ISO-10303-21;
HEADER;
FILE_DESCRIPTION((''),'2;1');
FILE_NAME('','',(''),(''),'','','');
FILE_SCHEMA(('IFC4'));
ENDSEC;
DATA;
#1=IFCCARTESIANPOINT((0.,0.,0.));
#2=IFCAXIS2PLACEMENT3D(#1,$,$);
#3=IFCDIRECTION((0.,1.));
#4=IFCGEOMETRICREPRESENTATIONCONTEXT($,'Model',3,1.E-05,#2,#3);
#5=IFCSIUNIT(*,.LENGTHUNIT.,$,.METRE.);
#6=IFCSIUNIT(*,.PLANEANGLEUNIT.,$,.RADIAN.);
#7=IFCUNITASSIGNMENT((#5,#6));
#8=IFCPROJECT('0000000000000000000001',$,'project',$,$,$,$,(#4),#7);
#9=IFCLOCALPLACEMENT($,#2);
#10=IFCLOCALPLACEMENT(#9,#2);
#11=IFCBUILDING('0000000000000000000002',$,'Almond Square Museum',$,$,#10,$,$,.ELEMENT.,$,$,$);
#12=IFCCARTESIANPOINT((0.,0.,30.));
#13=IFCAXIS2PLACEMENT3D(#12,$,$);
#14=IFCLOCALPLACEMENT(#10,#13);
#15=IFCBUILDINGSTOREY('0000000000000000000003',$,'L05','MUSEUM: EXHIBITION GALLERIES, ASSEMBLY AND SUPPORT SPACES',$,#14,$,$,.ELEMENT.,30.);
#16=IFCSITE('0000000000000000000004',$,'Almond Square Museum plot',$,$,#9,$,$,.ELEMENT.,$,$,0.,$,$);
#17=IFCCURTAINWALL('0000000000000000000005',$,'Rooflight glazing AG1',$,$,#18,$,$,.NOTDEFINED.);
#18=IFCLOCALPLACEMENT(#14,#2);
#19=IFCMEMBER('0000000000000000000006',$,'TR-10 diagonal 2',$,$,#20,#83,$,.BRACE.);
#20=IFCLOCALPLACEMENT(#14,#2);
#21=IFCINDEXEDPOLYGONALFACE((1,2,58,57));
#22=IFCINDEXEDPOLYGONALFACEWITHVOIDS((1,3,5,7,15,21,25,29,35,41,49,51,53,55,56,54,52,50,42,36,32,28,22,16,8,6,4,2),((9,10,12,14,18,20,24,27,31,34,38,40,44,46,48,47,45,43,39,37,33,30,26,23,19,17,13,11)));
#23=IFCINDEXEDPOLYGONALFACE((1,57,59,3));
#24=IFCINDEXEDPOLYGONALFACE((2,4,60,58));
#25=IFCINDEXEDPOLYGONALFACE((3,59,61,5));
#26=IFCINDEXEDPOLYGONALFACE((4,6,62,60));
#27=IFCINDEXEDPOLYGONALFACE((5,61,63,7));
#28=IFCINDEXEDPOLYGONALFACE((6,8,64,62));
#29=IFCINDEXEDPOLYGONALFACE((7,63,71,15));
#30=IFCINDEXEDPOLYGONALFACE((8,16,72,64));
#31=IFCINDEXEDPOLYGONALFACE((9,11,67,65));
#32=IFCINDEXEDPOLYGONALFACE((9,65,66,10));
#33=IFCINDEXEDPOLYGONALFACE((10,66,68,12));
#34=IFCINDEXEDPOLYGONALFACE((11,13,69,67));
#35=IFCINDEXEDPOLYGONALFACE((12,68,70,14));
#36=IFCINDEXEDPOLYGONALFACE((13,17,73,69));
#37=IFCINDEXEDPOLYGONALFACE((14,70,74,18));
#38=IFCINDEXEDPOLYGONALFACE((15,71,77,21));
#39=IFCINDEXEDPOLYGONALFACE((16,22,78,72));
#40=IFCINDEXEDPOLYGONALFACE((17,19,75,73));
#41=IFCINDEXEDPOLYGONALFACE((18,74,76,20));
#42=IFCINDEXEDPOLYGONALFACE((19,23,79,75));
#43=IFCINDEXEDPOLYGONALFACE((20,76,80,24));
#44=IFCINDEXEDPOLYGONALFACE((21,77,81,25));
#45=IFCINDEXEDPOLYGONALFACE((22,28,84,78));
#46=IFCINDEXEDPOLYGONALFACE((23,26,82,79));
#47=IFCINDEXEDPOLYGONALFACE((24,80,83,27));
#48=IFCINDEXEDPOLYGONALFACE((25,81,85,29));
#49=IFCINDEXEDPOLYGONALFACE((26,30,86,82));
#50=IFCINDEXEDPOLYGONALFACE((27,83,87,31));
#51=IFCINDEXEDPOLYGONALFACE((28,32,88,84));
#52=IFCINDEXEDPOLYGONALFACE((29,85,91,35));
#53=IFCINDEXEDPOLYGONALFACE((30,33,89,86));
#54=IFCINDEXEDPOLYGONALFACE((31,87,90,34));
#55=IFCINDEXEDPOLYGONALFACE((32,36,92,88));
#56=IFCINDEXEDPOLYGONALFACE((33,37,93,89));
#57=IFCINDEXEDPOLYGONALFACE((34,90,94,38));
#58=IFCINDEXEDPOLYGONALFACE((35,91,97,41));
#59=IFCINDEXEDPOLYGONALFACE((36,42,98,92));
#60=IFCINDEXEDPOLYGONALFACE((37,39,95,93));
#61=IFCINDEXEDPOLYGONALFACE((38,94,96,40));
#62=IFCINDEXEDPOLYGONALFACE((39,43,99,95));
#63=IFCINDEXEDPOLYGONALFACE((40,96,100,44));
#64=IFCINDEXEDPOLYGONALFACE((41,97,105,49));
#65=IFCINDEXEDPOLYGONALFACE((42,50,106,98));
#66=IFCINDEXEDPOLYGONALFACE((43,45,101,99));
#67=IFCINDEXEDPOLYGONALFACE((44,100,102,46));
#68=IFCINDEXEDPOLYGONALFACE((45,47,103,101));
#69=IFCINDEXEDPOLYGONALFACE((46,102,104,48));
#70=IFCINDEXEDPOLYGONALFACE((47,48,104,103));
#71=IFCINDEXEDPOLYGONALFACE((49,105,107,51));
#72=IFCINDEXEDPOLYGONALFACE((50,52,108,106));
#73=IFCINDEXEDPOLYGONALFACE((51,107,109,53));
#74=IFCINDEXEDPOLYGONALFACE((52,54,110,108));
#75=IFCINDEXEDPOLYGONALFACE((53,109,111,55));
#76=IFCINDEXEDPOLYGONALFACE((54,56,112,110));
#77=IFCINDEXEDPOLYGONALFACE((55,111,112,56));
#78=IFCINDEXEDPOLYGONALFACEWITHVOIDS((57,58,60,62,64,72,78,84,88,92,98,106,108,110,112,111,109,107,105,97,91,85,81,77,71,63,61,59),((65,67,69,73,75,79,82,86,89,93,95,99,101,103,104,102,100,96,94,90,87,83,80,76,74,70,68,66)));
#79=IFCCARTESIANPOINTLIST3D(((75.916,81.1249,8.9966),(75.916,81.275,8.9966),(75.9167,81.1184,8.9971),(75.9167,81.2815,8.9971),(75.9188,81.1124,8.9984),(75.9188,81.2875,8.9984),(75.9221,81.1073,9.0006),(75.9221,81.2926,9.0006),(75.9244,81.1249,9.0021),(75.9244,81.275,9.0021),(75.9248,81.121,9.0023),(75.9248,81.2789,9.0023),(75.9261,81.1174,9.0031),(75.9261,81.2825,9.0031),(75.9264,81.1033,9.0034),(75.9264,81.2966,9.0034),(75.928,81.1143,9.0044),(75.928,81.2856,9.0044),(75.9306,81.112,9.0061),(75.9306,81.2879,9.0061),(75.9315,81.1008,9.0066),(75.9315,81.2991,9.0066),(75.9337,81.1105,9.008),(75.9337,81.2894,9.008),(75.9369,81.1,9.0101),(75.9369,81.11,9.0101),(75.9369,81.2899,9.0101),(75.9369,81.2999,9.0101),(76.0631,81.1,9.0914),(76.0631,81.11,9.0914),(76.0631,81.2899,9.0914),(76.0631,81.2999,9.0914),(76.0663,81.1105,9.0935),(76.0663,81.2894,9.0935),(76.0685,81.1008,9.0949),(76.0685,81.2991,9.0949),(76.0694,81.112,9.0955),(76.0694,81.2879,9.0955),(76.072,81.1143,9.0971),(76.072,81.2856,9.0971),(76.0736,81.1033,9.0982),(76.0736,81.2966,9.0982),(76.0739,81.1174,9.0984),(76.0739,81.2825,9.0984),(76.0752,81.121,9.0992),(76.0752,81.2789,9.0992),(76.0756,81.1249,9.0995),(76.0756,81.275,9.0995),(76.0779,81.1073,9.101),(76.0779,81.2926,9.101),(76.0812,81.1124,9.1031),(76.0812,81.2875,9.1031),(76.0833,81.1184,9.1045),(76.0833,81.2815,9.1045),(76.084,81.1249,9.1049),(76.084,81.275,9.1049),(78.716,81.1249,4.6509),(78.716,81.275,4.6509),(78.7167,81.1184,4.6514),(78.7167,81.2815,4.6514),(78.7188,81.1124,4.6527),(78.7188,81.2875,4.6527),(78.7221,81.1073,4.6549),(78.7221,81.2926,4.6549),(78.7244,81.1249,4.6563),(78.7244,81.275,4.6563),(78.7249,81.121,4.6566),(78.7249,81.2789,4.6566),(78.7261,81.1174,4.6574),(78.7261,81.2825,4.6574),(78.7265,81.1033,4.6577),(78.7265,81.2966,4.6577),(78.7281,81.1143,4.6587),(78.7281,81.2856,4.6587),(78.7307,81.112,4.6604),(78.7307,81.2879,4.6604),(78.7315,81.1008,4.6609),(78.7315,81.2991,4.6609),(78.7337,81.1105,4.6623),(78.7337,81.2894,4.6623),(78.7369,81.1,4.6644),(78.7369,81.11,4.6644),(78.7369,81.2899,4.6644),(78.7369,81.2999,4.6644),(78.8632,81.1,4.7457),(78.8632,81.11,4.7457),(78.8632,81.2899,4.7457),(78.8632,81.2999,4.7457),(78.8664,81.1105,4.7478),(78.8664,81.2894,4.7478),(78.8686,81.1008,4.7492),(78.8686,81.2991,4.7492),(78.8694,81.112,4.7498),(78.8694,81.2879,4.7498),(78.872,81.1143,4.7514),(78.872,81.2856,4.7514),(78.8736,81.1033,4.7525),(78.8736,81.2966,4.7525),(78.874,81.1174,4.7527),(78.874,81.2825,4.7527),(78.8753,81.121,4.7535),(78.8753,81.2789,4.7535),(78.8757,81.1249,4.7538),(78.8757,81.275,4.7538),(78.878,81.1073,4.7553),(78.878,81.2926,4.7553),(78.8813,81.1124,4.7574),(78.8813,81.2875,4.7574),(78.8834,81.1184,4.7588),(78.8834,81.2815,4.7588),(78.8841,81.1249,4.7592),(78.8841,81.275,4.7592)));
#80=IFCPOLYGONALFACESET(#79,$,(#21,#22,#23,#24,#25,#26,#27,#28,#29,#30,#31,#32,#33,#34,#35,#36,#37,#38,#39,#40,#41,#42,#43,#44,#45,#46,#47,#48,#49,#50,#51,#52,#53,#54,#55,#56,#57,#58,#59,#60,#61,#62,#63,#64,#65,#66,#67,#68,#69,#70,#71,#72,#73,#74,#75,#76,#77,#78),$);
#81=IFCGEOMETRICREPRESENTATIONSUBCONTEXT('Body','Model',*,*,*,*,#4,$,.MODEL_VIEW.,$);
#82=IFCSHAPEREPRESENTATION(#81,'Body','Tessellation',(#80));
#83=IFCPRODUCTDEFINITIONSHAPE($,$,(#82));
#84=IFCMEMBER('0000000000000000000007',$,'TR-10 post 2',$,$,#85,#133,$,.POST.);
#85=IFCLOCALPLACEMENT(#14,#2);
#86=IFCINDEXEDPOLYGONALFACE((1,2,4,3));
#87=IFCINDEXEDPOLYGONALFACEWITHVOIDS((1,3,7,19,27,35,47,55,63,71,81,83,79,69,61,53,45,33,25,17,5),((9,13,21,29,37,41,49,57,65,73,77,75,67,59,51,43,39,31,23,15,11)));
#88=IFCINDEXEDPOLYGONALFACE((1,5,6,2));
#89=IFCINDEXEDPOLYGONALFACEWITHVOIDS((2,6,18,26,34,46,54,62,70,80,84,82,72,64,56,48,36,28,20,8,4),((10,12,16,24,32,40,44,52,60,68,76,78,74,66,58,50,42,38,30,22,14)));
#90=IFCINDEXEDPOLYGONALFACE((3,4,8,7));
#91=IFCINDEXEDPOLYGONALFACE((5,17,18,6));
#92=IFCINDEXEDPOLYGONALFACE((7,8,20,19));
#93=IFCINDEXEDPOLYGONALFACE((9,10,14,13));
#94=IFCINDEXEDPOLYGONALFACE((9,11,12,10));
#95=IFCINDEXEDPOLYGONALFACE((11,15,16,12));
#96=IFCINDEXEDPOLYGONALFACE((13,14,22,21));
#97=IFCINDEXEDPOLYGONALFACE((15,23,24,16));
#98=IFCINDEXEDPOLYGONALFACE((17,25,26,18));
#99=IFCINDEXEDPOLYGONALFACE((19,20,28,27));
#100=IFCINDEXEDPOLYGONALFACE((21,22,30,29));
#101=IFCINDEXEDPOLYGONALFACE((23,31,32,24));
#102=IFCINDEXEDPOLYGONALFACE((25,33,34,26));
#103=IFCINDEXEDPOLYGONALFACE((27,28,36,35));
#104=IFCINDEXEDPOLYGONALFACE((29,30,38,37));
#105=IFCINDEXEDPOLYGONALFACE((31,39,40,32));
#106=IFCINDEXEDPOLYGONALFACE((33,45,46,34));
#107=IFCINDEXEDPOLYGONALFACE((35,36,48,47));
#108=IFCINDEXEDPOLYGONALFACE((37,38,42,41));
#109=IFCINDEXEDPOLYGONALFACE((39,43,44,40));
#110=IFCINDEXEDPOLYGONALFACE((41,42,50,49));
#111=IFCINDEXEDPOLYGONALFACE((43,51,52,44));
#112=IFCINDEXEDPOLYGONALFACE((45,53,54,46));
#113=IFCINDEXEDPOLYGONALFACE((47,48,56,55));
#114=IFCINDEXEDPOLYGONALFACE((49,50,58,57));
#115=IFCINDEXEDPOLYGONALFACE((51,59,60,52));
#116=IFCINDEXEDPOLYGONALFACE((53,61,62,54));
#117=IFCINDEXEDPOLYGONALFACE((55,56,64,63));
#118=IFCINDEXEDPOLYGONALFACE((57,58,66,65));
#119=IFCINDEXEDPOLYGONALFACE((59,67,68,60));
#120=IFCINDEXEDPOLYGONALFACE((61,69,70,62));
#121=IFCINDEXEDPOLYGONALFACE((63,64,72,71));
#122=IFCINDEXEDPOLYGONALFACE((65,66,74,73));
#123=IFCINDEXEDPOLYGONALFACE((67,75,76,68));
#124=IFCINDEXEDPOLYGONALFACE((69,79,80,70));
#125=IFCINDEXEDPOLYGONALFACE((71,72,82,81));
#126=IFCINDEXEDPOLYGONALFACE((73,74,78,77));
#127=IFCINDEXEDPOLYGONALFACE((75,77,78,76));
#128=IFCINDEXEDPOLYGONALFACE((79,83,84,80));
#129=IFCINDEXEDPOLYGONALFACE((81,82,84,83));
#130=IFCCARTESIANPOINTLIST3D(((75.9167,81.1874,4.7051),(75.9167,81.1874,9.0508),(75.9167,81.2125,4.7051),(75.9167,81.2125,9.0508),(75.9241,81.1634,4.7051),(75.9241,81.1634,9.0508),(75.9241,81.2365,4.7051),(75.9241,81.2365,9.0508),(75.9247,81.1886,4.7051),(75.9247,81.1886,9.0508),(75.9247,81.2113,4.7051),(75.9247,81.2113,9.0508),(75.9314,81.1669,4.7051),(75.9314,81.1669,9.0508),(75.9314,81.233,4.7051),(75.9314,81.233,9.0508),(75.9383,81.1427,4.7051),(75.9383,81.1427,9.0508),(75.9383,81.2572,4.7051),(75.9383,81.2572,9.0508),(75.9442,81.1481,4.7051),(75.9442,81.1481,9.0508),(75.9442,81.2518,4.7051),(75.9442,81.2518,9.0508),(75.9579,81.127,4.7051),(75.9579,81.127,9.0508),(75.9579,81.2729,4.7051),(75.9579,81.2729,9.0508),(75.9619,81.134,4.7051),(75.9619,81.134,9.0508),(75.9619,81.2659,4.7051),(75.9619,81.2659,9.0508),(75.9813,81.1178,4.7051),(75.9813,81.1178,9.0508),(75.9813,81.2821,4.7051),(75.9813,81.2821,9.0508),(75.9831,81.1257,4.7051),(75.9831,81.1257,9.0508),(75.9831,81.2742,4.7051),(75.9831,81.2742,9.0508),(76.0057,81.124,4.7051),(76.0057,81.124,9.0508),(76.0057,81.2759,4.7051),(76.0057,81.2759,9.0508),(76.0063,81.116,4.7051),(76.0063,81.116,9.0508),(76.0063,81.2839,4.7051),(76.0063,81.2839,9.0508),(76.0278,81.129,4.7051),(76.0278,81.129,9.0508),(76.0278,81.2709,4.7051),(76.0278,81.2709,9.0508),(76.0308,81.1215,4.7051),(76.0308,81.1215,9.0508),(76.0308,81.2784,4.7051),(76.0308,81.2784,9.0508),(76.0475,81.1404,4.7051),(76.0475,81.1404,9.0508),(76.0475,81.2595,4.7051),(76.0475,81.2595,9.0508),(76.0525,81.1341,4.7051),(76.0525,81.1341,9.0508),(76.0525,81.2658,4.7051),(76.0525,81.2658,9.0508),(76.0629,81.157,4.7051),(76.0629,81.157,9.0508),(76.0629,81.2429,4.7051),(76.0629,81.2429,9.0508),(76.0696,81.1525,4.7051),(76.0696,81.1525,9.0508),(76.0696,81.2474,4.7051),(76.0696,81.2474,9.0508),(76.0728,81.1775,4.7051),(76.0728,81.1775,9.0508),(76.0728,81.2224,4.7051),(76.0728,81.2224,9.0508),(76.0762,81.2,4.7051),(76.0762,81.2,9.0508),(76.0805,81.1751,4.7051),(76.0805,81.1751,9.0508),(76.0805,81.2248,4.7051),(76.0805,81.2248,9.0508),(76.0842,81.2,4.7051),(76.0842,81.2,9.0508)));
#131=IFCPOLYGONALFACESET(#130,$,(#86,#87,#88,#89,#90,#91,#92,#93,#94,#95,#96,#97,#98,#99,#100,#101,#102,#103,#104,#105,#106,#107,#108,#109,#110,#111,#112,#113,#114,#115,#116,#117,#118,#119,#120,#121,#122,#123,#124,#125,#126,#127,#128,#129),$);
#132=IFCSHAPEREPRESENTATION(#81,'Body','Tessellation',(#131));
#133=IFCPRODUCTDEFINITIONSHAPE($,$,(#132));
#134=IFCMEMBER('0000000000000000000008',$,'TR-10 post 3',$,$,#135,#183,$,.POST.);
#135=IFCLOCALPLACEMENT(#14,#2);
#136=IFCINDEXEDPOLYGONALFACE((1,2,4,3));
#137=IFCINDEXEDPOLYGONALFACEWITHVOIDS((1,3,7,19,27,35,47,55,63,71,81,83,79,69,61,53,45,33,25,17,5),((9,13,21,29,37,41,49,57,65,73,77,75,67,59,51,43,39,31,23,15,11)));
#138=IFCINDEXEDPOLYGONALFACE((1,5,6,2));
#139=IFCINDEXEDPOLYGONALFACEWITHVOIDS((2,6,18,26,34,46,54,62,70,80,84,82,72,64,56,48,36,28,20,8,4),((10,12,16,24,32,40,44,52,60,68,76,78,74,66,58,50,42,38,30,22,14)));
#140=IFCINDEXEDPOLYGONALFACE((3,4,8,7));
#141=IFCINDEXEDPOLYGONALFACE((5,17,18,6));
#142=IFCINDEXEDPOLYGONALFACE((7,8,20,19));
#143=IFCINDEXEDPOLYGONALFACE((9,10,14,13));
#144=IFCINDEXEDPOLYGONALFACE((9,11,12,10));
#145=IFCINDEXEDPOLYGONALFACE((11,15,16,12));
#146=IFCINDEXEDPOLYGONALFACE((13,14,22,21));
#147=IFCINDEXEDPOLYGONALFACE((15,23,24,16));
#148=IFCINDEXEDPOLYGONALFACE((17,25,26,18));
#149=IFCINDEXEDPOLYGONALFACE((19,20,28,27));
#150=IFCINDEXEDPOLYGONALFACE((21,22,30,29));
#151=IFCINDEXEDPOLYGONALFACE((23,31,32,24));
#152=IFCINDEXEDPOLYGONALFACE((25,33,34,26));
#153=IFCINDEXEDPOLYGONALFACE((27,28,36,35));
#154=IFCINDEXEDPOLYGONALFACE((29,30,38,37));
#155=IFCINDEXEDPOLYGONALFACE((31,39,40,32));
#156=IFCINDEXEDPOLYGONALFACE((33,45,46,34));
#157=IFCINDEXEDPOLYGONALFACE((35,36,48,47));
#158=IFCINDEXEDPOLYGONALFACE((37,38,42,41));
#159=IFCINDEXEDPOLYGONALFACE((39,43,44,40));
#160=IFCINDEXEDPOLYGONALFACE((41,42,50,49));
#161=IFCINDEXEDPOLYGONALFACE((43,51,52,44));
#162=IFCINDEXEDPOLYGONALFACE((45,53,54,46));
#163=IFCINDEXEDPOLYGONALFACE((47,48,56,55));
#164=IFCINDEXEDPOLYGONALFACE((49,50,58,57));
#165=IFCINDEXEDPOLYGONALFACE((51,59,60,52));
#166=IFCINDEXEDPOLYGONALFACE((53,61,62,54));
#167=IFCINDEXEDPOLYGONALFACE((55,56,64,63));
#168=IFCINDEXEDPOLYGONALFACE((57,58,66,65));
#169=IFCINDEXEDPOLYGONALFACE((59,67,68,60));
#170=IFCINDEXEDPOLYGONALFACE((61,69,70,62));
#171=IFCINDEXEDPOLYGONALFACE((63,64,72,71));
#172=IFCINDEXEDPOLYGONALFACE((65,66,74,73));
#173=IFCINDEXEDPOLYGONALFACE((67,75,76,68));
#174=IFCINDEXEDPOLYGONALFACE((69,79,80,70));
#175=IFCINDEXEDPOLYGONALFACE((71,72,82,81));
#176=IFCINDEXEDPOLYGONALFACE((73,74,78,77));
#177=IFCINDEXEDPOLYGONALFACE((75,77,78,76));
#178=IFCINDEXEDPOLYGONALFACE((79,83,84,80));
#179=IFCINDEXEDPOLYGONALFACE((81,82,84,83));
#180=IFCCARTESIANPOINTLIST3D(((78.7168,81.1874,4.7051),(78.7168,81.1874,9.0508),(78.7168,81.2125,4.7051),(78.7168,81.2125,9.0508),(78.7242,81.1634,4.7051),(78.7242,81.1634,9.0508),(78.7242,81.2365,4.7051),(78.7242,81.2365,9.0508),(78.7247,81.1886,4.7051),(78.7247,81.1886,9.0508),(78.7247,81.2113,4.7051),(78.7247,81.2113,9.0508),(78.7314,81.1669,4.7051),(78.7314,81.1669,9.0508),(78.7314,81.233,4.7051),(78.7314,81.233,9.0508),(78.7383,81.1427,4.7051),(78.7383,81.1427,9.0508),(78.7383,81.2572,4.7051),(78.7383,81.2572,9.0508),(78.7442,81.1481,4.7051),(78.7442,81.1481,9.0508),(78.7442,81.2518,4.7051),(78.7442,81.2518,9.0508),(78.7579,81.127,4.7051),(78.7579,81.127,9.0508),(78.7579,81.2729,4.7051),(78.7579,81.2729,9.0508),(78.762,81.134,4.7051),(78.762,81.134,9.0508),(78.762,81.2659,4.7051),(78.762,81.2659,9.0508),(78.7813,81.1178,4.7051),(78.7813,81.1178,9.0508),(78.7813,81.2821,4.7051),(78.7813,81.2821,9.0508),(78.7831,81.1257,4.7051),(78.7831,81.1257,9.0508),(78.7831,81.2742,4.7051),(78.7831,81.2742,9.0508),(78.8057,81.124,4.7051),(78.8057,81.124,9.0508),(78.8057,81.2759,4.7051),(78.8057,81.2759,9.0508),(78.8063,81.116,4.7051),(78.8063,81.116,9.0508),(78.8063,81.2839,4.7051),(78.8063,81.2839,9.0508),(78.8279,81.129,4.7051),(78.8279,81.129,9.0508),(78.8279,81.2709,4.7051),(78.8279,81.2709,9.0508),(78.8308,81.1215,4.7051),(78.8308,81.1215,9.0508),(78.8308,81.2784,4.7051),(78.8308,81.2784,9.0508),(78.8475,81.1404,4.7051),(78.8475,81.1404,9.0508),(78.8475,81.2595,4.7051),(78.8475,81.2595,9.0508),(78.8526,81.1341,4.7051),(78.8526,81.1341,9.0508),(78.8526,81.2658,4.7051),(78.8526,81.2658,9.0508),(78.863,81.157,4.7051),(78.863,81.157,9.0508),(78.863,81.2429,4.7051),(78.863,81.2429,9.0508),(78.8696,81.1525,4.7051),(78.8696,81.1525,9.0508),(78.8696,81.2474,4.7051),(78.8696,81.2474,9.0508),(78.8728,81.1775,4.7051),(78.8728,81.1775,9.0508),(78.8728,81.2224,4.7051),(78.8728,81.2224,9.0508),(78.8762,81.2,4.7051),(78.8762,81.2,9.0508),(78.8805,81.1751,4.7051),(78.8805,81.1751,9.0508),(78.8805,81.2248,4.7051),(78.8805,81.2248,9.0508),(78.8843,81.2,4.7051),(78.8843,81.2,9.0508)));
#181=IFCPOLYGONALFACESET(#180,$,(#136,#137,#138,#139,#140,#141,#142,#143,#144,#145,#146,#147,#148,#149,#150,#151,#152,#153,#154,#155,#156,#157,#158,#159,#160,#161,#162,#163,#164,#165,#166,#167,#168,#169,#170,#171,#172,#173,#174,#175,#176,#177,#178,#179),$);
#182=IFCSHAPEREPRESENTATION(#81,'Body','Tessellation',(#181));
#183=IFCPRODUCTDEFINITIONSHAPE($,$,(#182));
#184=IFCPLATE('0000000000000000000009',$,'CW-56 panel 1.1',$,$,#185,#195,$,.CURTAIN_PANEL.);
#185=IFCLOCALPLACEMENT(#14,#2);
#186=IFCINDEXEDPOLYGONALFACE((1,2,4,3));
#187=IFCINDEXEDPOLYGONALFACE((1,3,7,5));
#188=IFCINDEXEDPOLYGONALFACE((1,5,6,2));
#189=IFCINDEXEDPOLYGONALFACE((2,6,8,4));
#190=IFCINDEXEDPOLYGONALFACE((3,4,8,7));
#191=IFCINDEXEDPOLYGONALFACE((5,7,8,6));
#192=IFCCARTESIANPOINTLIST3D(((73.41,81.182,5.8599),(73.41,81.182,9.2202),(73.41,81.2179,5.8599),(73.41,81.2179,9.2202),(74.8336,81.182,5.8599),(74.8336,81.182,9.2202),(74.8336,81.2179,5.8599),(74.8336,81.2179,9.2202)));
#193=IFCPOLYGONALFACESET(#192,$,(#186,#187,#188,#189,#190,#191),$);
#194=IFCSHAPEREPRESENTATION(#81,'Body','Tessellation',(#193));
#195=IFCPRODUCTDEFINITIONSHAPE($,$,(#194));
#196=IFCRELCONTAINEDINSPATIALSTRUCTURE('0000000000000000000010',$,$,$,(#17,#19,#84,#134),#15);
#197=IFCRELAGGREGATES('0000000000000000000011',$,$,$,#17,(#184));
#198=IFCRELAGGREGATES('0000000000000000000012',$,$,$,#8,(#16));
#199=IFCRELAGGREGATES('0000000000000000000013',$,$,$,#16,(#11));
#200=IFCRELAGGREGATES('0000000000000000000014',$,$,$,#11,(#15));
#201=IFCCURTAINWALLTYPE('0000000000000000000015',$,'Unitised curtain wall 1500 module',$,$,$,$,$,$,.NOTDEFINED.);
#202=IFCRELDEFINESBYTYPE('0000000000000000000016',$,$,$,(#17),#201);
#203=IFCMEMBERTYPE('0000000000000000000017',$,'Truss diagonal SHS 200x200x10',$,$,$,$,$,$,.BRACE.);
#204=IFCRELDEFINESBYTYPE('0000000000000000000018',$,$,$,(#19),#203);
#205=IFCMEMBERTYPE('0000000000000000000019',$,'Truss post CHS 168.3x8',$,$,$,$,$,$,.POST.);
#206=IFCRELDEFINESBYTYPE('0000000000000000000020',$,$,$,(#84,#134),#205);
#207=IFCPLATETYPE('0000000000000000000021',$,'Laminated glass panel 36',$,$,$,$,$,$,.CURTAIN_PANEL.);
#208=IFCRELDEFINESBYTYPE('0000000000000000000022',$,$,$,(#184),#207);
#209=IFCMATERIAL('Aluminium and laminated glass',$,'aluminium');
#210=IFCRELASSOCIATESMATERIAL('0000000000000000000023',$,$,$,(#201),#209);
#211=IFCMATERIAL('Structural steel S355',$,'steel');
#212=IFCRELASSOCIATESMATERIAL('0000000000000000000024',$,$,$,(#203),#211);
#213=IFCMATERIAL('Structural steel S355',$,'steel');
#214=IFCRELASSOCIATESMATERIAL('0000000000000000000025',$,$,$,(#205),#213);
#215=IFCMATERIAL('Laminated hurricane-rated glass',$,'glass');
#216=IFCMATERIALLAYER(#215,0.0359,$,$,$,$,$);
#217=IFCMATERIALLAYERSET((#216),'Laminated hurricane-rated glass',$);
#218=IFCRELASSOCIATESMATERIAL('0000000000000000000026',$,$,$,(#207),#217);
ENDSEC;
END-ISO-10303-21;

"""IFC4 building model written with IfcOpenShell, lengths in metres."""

from ifc_helpers import new_model, si_unit, direction, frame, origin, origin_2d, place, context, subcontext, project, spatial, rectangle, hollow_rectangle, hollow_circle, extrude, material, layer, layer_set, material_profile, profile_set, type_object, element, aggregate, save


model = new_model("IFC4")

# Units and contexts
model_context = context("Model", 3, precision=1e-05, world=origin(), true_north=direction((0.0, 1.0)))
body_context = subcontext(model_context, "Body", "Model", "MODEL_VIEW")
ifc_project = project(units=[si_unit("LENGTHUNIT", "METRE"), si_unit("PLANEANGLEUNIT", "RADIAN")], contexts=[model_context])

# Site, building, storey
site_placement = place(None, origin())
site = spatial("IfcSite", under=ifc_project, at=site_placement, Name="Almond Square Museum plot", CompositionType="ELEMENT", RefElevation=0.0)
building_placement = place(site_placement, origin())
building = spatial("IfcBuilding", under=site, at=building_placement, Name="Almond Square Museum", CompositionType="ELEMENT")
storey_placement = place(building_placement, frame((0.0, 0.0, 30.0)))
storey = spatial("IfcBuildingStorey", under=building, at=storey_placement, Name="L05", Description="MUSEUM: EXHIBITION GALLERIES, ASSEMBLY AND SUPPORT SPACES", CompositionType="ELEMENT", Elevation=30.0)

# Curtain wall
ifc_material_1 = material(Name="Aluminium and laminated glass", Category="aluminium")
curtain_wall_type = type_object("IfcCurtainWallType", Name="Unitised curtain wall 1500 module", PredefinedType="NOTDEFINED", material=ifc_material_1)
curtain_wall_placement = place(storey_placement, origin())
curtain_wall = element("IfcCurtainWall", 1, at=curtain_wall_placement, inside=storey, type_object=curtain_wall_type, Name="Rooflight glazing AG1", PredefinedType="NOTDEFINED")

# Members
ifc_material_2 = material(Name="Structural steel S355", Category="steel")
ifc_material_profile_1 = material_profile(ifc_material_2, hollow_rectangle(XDim=0.2, YDim=0.2, WallThickness=0.01, InnerFilletRadius=0.0149, OuterFilletRadius=0.0249, at=origin_2d()))
ifc_profile_set_1 = profile_set([ifc_material_profile_1], Name="Structural steel S355")
member_type_1 = type_object("IfcMemberType", Name="Truss diagonal SHS 200x200x10", PredefinedType="BRACE", material=ifc_profile_set_1)
member_1_placement = place(storey_placement, frame((76.0, 81.2, 9.0508), z_axis=(0.541631, 0.0, -0.840616), x_axis=(0.0, 1.0, 0.0)))
element("IfcMember", 2, at=member_1_placement, inside=storey, type_object=member_type_1, Name="TR-10 diagonal 2", PredefinedType="BRACE", context=body_context, shape_type="SweptSolid", body=[
    extrude(hollow_rectangle(XDim=0.2, YDim=0.2, WallThickness=0.01, InnerFilletRadius=0.0149, OuterFilletRadius=0.0249, at=origin_2d()), origin(), (0.0, 0.0, 1.0), 5.1697),
])
ifc_material_3 = material(Name="Structural steel S355", Category="steel")
ifc_material_profile_2 = material_profile(ifc_material_3, hollow_circle(Radius=0.0842, WallThickness=0.0081, at=origin_2d()))
ifc_profile_set_2 = profile_set([ifc_material_profile_2], Name="Structural steel S355")
member_type_2 = type_object("IfcMemberType", Name="Truss post CHS 168.3x8", PredefinedType="POST", material=ifc_profile_set_2)
for number, where, z_axis, x_axis, name in (
    (3, (76.0, 81.2, 4.7051), (0.0, 0.0, 1.0), (1.0, 0.0, 0.0), "TR-10 post 2"),
    (4, (78.8, 81.2, 4.7051), (0.0, 0.0, 1.0), (1.0, 0.0, 0.0), "TR-10 post 3"),
):
    element("IfcMember", number, at=place(storey_placement, frame(where, z_axis=z_axis, x_axis=x_axis)), inside=storey, type_object=member_type_2, Name=name, PredefinedType="POST", context=body_context, shape_type="SweptSolid", body=[
        extrude(hollow_circle(Radius=0.0842, WallThickness=0.0081, at=origin_2d()), origin(), (0.0, 0.0, 1.0), 4.3457),
    ])

# Plate
ifc_material_4 = material(Name="Laminated hurricane-rated glass", Category="glass")
ifc_layer = layer(ifc_material_4, 0.0359)
ifc_layer_set = layer_set([ifc_layer], Name="Laminated hurricane-rated glass")
plate_type = type_object("IfcPlateType", Name="Laminated glass panel 36", PredefinedType="CURTAIN_PANEL", material=ifc_layer_set)
plate_1_placement = place(storey_placement, frame((74.1218, 81.2, 5.8599), z_axis=(0.0, 0.0, 1.0), x_axis=(1.0, 0.0, 0.0)))
plate_1 = element("IfcPlate", 5, at=plate_1_placement, type_object=plate_type, Name="CW-56 panel 1.1", PredefinedType="CURTAIN_PANEL", context=body_context, shape_type="SweptSolid", body=[
    extrude(rectangle(XDim=1.4236, YDim=0.0359, at=origin_2d()), origin(), (0.0, 0.0, 1.0), 3.3604),
])
aggregate(curtain_wall, [plate_1])

save(model, "model.ifc")
